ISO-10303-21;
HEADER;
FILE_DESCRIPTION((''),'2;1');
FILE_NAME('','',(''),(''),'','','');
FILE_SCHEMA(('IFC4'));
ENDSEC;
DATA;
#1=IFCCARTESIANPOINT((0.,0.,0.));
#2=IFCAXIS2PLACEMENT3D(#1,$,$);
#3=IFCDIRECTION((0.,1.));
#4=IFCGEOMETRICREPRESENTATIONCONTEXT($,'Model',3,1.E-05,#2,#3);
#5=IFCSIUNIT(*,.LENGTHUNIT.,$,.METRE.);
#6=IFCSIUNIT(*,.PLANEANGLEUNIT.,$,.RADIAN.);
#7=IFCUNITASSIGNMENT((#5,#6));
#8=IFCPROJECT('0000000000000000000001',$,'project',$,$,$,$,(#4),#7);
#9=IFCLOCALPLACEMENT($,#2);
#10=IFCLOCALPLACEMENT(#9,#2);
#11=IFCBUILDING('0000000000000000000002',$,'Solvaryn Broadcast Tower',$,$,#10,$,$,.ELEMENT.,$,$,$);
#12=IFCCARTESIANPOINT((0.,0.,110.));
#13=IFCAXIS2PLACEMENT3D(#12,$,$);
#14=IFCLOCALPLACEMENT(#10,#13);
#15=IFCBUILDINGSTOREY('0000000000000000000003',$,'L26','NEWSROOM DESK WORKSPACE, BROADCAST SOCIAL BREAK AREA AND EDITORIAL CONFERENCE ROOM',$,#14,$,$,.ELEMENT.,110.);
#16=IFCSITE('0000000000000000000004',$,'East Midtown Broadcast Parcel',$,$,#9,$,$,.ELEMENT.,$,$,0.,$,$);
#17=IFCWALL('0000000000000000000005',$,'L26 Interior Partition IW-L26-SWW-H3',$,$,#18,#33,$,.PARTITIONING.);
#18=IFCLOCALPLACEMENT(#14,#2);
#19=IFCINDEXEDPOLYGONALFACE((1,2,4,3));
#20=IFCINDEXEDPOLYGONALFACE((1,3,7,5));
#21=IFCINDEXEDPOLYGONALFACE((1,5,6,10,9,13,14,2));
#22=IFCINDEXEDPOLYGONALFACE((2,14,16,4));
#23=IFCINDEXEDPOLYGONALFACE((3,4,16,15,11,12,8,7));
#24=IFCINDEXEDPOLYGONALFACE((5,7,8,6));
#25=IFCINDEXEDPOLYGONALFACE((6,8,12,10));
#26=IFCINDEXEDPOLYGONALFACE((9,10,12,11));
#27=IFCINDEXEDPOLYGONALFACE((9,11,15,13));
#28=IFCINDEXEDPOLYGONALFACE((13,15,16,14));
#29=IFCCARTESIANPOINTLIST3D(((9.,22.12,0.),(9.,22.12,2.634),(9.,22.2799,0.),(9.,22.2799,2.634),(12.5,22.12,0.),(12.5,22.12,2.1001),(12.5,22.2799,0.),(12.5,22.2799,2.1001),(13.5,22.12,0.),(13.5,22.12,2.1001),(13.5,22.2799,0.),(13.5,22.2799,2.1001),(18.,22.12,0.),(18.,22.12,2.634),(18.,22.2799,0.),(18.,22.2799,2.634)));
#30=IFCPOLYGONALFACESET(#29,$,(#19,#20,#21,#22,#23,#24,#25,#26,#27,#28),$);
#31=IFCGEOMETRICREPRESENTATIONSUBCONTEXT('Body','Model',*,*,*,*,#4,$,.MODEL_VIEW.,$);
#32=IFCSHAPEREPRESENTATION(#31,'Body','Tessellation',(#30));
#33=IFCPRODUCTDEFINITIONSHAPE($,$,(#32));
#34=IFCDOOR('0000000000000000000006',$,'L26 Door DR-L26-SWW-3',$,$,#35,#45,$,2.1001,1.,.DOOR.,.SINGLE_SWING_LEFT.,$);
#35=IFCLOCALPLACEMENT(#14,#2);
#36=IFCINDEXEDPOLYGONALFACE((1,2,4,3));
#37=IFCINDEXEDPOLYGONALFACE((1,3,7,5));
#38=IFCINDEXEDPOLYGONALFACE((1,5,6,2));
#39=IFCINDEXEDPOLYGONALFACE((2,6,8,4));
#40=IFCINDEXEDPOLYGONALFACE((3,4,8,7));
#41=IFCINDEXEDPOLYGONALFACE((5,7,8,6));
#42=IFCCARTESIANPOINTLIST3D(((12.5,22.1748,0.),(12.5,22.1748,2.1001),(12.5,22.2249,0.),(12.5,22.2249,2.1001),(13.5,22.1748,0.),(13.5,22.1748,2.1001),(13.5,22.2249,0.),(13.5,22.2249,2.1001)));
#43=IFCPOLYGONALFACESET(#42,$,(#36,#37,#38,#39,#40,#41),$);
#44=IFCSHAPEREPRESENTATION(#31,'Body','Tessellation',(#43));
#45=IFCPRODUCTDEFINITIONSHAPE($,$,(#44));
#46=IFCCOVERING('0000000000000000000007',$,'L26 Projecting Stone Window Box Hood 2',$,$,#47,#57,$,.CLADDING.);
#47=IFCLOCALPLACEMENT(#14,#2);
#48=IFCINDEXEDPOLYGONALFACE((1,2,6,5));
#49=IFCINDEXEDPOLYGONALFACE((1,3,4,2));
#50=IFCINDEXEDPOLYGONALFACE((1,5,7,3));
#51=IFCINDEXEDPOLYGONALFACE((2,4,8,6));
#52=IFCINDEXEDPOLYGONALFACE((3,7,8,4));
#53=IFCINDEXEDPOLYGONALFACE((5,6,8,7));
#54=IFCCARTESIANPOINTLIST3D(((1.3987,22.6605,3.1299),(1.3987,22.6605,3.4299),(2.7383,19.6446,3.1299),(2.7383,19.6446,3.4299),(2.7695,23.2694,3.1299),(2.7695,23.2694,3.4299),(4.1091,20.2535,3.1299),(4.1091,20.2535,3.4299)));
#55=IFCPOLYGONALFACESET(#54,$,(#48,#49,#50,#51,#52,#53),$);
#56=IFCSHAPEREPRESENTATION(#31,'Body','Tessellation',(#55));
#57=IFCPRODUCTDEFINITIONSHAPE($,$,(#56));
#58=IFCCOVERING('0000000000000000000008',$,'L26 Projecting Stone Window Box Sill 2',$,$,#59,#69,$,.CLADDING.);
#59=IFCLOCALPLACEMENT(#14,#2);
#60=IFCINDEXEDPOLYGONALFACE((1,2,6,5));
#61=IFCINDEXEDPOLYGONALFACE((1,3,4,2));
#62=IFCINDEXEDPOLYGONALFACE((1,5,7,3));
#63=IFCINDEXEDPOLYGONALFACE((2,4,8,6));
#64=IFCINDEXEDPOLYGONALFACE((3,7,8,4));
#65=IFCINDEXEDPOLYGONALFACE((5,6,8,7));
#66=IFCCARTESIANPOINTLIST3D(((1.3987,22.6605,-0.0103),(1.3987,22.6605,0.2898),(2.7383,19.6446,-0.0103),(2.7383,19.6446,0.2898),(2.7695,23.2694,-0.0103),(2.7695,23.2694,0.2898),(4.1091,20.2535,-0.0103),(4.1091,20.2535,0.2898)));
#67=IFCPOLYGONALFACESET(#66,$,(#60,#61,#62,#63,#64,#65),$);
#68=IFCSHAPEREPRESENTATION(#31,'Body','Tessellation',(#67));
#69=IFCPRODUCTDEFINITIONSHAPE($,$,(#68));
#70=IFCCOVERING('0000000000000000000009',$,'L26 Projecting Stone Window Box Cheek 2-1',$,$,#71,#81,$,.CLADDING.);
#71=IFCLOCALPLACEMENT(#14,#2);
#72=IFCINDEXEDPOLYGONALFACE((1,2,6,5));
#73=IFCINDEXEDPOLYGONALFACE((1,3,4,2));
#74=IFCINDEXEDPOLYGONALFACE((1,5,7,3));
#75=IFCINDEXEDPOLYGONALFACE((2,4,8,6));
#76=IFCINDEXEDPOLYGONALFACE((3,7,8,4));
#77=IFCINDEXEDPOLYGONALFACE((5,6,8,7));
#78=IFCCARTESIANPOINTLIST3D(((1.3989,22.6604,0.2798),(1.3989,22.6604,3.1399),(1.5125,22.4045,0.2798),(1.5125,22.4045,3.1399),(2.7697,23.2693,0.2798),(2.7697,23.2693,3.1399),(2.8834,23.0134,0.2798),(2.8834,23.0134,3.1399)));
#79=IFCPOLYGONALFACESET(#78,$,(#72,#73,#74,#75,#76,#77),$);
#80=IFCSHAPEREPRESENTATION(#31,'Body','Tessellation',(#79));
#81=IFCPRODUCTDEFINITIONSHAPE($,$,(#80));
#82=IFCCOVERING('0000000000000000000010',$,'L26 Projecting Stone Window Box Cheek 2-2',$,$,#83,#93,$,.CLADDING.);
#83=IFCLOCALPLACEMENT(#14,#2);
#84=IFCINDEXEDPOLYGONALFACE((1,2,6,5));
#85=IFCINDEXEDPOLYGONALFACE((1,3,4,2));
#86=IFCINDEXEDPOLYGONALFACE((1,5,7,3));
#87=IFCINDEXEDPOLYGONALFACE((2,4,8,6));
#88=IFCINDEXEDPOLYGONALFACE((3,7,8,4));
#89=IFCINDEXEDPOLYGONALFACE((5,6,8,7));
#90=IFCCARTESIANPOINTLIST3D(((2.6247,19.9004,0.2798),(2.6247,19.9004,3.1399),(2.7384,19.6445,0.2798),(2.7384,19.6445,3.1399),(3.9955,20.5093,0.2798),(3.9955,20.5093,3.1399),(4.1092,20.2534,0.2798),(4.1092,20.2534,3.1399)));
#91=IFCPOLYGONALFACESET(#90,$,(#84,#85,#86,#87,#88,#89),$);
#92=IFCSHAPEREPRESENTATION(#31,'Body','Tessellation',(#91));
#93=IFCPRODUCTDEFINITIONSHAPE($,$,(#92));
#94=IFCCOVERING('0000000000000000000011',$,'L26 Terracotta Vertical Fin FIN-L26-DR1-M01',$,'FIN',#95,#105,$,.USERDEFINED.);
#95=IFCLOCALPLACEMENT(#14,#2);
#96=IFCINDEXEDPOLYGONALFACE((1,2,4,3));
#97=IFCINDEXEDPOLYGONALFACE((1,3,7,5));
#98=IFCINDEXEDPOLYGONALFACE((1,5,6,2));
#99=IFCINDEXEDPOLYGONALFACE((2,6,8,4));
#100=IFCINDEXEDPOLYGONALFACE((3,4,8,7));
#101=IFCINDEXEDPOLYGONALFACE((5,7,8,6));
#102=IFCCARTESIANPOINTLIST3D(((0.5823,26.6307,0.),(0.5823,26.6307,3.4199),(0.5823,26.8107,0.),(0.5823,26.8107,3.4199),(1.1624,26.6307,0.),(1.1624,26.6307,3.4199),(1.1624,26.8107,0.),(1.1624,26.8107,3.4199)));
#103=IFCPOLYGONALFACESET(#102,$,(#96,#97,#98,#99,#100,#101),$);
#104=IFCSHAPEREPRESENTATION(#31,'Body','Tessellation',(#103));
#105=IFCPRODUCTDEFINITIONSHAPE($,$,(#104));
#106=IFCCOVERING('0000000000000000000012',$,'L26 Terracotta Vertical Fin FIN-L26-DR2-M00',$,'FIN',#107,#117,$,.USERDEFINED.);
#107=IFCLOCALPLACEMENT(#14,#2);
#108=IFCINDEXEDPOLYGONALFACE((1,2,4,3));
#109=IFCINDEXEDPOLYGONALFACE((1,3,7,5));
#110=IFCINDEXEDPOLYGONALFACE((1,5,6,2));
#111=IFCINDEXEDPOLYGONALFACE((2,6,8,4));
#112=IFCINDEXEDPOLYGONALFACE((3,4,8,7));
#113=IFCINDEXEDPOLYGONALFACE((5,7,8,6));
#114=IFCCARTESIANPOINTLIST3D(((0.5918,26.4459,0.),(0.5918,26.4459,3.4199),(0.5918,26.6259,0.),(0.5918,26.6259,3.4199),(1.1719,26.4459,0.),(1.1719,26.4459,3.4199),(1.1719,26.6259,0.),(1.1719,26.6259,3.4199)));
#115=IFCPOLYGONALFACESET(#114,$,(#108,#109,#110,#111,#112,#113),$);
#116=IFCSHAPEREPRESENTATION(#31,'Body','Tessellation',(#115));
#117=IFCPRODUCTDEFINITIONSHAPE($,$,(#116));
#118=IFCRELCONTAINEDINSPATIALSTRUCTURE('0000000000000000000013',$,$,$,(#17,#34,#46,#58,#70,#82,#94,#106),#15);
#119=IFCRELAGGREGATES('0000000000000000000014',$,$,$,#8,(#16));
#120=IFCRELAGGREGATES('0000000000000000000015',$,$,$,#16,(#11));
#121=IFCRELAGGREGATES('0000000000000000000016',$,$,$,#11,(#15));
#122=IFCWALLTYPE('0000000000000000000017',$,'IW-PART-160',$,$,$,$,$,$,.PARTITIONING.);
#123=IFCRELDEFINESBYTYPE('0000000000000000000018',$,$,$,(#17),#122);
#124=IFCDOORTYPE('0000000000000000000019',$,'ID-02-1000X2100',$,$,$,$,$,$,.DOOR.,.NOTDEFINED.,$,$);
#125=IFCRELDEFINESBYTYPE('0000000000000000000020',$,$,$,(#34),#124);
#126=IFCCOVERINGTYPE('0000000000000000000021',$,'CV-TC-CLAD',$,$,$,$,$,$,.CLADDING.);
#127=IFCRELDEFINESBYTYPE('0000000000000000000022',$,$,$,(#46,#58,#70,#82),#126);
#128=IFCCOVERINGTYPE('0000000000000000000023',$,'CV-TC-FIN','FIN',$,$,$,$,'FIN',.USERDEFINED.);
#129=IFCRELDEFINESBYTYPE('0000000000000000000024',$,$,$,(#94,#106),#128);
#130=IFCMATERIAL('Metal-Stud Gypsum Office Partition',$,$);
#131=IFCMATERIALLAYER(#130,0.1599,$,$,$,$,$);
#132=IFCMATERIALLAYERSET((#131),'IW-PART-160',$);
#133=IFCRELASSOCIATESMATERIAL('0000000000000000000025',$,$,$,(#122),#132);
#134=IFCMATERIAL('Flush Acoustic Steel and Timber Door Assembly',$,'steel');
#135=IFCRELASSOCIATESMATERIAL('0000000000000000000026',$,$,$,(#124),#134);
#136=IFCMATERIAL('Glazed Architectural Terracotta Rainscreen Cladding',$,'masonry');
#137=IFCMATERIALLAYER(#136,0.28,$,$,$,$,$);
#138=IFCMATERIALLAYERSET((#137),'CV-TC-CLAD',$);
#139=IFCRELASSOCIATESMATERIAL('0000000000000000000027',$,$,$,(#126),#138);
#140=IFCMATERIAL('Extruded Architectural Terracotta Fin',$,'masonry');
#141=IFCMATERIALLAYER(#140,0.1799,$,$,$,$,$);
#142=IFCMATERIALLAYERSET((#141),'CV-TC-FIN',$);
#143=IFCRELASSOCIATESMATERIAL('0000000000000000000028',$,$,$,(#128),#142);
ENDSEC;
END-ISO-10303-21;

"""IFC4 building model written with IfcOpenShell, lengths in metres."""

from ifc_helpers import new_model, si_unit, direction, frame, frame_2d, origin, origin_2d, place, context, subcontext, project, spatial, rectangle, extrude, material, layer, layer_set, type_object, element, fill, save


model = new_model("IFC4")

# Units and contexts
model_context = context("Model", 3, precision=1e-05, world=origin(), true_north=direction((0.0, 1.0)))
body_context = subcontext(model_context, "Body", "Model", "MODEL_VIEW")
ifc_project = project(units=[si_unit("LENGTHUNIT", "METRE"), si_unit("PLANEANGLEUNIT", "RADIAN")], contexts=[model_context])

# Site, building, storey
site_placement = place(None, origin())
site = spatial("IfcSite", under=ifc_project, at=site_placement, Name="East Midtown Broadcast Parcel", CompositionType="ELEMENT", RefElevation=0.0)
building_placement = place(site_placement, origin())
building = spatial("IfcBuilding", under=site, at=building_placement, Name="Solvaryn Broadcast Tower", CompositionType="ELEMENT")
storey_placement = place(building_placement, frame((0.0, 0.0, 110.0)))
storey = spatial("IfcBuildingStorey", under=building, at=storey_placement, Name="L26", Description="NEWSROOM DESK WORKSPACE, BROADCAST SOCIAL BREAK AREA AND EDITORIAL CONFERENCE ROOM", CompositionType="ELEMENT", Elevation=110.0)

# Wall, opening, door
ifc_material_1 = material(Name="Metal-Stud Gypsum Office Partition")
ifc_layer_1 = layer(ifc_material_1, 0.1599)
ifc_layer_set_1 = layer_set([ifc_layer_1], Name="IW-PART-160")
wall_type = type_object("IfcWallType", Name="IW-PART-160", PredefinedType="PARTITIONING", material=ifc_layer_set_1)
wall_1_placement = place(storey_placement, frame((9.0, 22.2, 0.0), z_axis=(0.0, 0.0, 1.0), x_axis=(1.0, 0.0, 0.0)))
wall_1 = element("IfcWall", 1, at=wall_1_placement, inside=storey, type_object=wall_type, Name="L26 Interior Partition IW-L26-SWW-H3", PredefinedType="PARTITIONING", context=body_context, shape_type="SweptSolid", body=[
    extrude(rectangle(XDim=9.0, YDim=0.1599, at=frame_2d((4.5, 0.0))), origin(), (0.0, 0.0, 1.0), 2.634),
])
opening_1_placement = place(wall_1_placement, frame((3.5, 0.0, 0.0)))
opening_1 = element("IfcOpeningElement", 2, at=opening_1_placement, cuts=wall_1, PredefinedType="OPENING", context=body_context, shape_type="SweptSolid", body=[
    extrude(rectangle(XDim=1.0, YDim=2.1001, at=frame_2d((0.5, 1.05))), frame((0.0, 0.0901, 0.0), z_axis=(0.0, -1.0, 0.0), x_axis=(1.0, 0.0, 0.0)), (0.0, 0.0, 1.0), 0.1799),
])
ifc_material_2 = material(Name="Flush Acoustic Steel and Timber Door Assembly", Category="steel")
door_type_1 = type_object("IfcDoorType", Name="ID-02-1000X2100", OperationType="NOTDEFINED", PredefinedType="DOOR", material=ifc_material_2)
door_1_placement = place(opening_1_placement, origin())
door_1 = element("IfcDoor", 3, at=door_1_placement, inside=storey, type_object=door_type_1, Name="L26 Door DR-L26-SWW-3", OperationType="SINGLE_SWING_LEFT", OverallHeight=2.1001, OverallWidth=1.0, PredefinedType="DOOR", context=body_context, shape_type="SweptSolid", body=[
    extrude(rectangle(XDim=1.0, YDim=2.1001, at=frame_2d((0.5, 1.05))), frame((0.0, 0.0249, 0.0), z_axis=(0.0, -1.0, 0.0), x_axis=(1.0, 0.0, 0.0)), (0.0, 0.0, 1.0), 0.05),
])
fill(opening_1, door_1)

# Coverings
ifc_material_3 = material(Name="Glazed Architectural Terracotta Rainscreen Cladding", Category="masonry")
ifc_layer_2 = layer(ifc_material_3, 0.28)
ifc_layer_set_2 = layer_set([ifc_layer_2], Name="CV-TC-CLAD")
covering_type_1 = type_object("IfcCoveringType", Name="CV-TC-CLAD", PredefinedType="CLADDING", material=ifc_layer_set_2)
for number, where, z_axis, x_axis, name in (
    (4, (2.7539, 21.457, 3.1299), (0.0, 0.0, 1.0), (0.405939, -0.9139, 0.0), "L26 Projecting Stone Window Box Hood 2"),
    (5, (2.7539, 21.457, -0.0103), (0.0, 0.0, 1.0), (0.405939, -0.9139, 0.0), "L26 Projecting Stone Window Box Sill 2"),
):
    element("IfcCovering", number, at=place(storey_placement, frame(where, z_axis=z_axis, x_axis=x_axis)), inside=storey, type_object=covering_type_1, Name=name, PredefinedType="CLADDING", context=body_context, shape_type="SweptSolid", body=[
        extrude(rectangle(XDim=3.3, YDim=1.5, at=origin_2d()), origin(), (0.0, 0.0, 1.0), 0.3),
    ])
for number, where, z_axis, x_axis, name in (
    (6, (2.1411, 22.8369, 0.2798), (0.0, 0.0, 1.0), (0.405939, -0.9139, 0.0), "L26 Projecting Stone Window Box Cheek 2-1"),
    (7, (3.3669, 20.0769, 0.2798), (0.0, 0.0, 1.0), (0.405939, -0.9139, 0.0), "L26 Projecting Stone Window Box Cheek 2-2"),
):
    element("IfcCovering", number, at=place(storey_placement, frame(where, z_axis=z_axis, x_axis=x_axis)), inside=storey, type_object=covering_type_1, Name=name, PredefinedType="CLADDING", context=body_context, shape_type="SweptSolid", body=[
        extrude(rectangle(XDim=0.28, YDim=1.5, at=origin_2d()), origin(), (0.0, 0.0, 1.0), 2.8601),
    ])
ifc_material_4 = material(Name="Extruded Architectural Terracotta Fin", Category="masonry")
ifc_layer_3 = layer(ifc_material_4, 0.1799)
ifc_layer_set_3 = layer_set([ifc_layer_3], Name="CV-TC-FIN")
covering_type_2 = type_object("IfcCoveringType", Name="CV-TC-FIN", Description="FIN", ElementType="FIN", PredefinedType="USERDEFINED", material=ifc_layer_set_3)
for number, where, z_axis, x_axis, name in (
    (8, (0.8723, 26.7207, 0.0), (0.0, 0.0, 1.0), (1.0, 0.0, 0.0), "L26 Terracotta Vertical Fin FIN-L26-DR1-M01"),
    (9, (0.8818, 26.5359, 0.0), (0.0, 0.0, 1.0), (1.0, 0.0, 0.0), "L26 Terracotta Vertical Fin FIN-L26-DR2-M00"),
):
    element("IfcCovering", number, at=place(storey_placement, frame(where, z_axis=z_axis, x_axis=x_axis)), inside=storey, type_object=covering_type_2, Name=name, ObjectType="FIN", PredefinedType="USERDEFINED", context=body_context, shape_type="SweptSolid", body=[
        extrude(rectangle(XDim=0.5801, YDim=0.1799, at=origin_2d()), origin(), (0.0, 0.0, 1.0), 3.4199),
    ])

save(model, "model.ifc")
